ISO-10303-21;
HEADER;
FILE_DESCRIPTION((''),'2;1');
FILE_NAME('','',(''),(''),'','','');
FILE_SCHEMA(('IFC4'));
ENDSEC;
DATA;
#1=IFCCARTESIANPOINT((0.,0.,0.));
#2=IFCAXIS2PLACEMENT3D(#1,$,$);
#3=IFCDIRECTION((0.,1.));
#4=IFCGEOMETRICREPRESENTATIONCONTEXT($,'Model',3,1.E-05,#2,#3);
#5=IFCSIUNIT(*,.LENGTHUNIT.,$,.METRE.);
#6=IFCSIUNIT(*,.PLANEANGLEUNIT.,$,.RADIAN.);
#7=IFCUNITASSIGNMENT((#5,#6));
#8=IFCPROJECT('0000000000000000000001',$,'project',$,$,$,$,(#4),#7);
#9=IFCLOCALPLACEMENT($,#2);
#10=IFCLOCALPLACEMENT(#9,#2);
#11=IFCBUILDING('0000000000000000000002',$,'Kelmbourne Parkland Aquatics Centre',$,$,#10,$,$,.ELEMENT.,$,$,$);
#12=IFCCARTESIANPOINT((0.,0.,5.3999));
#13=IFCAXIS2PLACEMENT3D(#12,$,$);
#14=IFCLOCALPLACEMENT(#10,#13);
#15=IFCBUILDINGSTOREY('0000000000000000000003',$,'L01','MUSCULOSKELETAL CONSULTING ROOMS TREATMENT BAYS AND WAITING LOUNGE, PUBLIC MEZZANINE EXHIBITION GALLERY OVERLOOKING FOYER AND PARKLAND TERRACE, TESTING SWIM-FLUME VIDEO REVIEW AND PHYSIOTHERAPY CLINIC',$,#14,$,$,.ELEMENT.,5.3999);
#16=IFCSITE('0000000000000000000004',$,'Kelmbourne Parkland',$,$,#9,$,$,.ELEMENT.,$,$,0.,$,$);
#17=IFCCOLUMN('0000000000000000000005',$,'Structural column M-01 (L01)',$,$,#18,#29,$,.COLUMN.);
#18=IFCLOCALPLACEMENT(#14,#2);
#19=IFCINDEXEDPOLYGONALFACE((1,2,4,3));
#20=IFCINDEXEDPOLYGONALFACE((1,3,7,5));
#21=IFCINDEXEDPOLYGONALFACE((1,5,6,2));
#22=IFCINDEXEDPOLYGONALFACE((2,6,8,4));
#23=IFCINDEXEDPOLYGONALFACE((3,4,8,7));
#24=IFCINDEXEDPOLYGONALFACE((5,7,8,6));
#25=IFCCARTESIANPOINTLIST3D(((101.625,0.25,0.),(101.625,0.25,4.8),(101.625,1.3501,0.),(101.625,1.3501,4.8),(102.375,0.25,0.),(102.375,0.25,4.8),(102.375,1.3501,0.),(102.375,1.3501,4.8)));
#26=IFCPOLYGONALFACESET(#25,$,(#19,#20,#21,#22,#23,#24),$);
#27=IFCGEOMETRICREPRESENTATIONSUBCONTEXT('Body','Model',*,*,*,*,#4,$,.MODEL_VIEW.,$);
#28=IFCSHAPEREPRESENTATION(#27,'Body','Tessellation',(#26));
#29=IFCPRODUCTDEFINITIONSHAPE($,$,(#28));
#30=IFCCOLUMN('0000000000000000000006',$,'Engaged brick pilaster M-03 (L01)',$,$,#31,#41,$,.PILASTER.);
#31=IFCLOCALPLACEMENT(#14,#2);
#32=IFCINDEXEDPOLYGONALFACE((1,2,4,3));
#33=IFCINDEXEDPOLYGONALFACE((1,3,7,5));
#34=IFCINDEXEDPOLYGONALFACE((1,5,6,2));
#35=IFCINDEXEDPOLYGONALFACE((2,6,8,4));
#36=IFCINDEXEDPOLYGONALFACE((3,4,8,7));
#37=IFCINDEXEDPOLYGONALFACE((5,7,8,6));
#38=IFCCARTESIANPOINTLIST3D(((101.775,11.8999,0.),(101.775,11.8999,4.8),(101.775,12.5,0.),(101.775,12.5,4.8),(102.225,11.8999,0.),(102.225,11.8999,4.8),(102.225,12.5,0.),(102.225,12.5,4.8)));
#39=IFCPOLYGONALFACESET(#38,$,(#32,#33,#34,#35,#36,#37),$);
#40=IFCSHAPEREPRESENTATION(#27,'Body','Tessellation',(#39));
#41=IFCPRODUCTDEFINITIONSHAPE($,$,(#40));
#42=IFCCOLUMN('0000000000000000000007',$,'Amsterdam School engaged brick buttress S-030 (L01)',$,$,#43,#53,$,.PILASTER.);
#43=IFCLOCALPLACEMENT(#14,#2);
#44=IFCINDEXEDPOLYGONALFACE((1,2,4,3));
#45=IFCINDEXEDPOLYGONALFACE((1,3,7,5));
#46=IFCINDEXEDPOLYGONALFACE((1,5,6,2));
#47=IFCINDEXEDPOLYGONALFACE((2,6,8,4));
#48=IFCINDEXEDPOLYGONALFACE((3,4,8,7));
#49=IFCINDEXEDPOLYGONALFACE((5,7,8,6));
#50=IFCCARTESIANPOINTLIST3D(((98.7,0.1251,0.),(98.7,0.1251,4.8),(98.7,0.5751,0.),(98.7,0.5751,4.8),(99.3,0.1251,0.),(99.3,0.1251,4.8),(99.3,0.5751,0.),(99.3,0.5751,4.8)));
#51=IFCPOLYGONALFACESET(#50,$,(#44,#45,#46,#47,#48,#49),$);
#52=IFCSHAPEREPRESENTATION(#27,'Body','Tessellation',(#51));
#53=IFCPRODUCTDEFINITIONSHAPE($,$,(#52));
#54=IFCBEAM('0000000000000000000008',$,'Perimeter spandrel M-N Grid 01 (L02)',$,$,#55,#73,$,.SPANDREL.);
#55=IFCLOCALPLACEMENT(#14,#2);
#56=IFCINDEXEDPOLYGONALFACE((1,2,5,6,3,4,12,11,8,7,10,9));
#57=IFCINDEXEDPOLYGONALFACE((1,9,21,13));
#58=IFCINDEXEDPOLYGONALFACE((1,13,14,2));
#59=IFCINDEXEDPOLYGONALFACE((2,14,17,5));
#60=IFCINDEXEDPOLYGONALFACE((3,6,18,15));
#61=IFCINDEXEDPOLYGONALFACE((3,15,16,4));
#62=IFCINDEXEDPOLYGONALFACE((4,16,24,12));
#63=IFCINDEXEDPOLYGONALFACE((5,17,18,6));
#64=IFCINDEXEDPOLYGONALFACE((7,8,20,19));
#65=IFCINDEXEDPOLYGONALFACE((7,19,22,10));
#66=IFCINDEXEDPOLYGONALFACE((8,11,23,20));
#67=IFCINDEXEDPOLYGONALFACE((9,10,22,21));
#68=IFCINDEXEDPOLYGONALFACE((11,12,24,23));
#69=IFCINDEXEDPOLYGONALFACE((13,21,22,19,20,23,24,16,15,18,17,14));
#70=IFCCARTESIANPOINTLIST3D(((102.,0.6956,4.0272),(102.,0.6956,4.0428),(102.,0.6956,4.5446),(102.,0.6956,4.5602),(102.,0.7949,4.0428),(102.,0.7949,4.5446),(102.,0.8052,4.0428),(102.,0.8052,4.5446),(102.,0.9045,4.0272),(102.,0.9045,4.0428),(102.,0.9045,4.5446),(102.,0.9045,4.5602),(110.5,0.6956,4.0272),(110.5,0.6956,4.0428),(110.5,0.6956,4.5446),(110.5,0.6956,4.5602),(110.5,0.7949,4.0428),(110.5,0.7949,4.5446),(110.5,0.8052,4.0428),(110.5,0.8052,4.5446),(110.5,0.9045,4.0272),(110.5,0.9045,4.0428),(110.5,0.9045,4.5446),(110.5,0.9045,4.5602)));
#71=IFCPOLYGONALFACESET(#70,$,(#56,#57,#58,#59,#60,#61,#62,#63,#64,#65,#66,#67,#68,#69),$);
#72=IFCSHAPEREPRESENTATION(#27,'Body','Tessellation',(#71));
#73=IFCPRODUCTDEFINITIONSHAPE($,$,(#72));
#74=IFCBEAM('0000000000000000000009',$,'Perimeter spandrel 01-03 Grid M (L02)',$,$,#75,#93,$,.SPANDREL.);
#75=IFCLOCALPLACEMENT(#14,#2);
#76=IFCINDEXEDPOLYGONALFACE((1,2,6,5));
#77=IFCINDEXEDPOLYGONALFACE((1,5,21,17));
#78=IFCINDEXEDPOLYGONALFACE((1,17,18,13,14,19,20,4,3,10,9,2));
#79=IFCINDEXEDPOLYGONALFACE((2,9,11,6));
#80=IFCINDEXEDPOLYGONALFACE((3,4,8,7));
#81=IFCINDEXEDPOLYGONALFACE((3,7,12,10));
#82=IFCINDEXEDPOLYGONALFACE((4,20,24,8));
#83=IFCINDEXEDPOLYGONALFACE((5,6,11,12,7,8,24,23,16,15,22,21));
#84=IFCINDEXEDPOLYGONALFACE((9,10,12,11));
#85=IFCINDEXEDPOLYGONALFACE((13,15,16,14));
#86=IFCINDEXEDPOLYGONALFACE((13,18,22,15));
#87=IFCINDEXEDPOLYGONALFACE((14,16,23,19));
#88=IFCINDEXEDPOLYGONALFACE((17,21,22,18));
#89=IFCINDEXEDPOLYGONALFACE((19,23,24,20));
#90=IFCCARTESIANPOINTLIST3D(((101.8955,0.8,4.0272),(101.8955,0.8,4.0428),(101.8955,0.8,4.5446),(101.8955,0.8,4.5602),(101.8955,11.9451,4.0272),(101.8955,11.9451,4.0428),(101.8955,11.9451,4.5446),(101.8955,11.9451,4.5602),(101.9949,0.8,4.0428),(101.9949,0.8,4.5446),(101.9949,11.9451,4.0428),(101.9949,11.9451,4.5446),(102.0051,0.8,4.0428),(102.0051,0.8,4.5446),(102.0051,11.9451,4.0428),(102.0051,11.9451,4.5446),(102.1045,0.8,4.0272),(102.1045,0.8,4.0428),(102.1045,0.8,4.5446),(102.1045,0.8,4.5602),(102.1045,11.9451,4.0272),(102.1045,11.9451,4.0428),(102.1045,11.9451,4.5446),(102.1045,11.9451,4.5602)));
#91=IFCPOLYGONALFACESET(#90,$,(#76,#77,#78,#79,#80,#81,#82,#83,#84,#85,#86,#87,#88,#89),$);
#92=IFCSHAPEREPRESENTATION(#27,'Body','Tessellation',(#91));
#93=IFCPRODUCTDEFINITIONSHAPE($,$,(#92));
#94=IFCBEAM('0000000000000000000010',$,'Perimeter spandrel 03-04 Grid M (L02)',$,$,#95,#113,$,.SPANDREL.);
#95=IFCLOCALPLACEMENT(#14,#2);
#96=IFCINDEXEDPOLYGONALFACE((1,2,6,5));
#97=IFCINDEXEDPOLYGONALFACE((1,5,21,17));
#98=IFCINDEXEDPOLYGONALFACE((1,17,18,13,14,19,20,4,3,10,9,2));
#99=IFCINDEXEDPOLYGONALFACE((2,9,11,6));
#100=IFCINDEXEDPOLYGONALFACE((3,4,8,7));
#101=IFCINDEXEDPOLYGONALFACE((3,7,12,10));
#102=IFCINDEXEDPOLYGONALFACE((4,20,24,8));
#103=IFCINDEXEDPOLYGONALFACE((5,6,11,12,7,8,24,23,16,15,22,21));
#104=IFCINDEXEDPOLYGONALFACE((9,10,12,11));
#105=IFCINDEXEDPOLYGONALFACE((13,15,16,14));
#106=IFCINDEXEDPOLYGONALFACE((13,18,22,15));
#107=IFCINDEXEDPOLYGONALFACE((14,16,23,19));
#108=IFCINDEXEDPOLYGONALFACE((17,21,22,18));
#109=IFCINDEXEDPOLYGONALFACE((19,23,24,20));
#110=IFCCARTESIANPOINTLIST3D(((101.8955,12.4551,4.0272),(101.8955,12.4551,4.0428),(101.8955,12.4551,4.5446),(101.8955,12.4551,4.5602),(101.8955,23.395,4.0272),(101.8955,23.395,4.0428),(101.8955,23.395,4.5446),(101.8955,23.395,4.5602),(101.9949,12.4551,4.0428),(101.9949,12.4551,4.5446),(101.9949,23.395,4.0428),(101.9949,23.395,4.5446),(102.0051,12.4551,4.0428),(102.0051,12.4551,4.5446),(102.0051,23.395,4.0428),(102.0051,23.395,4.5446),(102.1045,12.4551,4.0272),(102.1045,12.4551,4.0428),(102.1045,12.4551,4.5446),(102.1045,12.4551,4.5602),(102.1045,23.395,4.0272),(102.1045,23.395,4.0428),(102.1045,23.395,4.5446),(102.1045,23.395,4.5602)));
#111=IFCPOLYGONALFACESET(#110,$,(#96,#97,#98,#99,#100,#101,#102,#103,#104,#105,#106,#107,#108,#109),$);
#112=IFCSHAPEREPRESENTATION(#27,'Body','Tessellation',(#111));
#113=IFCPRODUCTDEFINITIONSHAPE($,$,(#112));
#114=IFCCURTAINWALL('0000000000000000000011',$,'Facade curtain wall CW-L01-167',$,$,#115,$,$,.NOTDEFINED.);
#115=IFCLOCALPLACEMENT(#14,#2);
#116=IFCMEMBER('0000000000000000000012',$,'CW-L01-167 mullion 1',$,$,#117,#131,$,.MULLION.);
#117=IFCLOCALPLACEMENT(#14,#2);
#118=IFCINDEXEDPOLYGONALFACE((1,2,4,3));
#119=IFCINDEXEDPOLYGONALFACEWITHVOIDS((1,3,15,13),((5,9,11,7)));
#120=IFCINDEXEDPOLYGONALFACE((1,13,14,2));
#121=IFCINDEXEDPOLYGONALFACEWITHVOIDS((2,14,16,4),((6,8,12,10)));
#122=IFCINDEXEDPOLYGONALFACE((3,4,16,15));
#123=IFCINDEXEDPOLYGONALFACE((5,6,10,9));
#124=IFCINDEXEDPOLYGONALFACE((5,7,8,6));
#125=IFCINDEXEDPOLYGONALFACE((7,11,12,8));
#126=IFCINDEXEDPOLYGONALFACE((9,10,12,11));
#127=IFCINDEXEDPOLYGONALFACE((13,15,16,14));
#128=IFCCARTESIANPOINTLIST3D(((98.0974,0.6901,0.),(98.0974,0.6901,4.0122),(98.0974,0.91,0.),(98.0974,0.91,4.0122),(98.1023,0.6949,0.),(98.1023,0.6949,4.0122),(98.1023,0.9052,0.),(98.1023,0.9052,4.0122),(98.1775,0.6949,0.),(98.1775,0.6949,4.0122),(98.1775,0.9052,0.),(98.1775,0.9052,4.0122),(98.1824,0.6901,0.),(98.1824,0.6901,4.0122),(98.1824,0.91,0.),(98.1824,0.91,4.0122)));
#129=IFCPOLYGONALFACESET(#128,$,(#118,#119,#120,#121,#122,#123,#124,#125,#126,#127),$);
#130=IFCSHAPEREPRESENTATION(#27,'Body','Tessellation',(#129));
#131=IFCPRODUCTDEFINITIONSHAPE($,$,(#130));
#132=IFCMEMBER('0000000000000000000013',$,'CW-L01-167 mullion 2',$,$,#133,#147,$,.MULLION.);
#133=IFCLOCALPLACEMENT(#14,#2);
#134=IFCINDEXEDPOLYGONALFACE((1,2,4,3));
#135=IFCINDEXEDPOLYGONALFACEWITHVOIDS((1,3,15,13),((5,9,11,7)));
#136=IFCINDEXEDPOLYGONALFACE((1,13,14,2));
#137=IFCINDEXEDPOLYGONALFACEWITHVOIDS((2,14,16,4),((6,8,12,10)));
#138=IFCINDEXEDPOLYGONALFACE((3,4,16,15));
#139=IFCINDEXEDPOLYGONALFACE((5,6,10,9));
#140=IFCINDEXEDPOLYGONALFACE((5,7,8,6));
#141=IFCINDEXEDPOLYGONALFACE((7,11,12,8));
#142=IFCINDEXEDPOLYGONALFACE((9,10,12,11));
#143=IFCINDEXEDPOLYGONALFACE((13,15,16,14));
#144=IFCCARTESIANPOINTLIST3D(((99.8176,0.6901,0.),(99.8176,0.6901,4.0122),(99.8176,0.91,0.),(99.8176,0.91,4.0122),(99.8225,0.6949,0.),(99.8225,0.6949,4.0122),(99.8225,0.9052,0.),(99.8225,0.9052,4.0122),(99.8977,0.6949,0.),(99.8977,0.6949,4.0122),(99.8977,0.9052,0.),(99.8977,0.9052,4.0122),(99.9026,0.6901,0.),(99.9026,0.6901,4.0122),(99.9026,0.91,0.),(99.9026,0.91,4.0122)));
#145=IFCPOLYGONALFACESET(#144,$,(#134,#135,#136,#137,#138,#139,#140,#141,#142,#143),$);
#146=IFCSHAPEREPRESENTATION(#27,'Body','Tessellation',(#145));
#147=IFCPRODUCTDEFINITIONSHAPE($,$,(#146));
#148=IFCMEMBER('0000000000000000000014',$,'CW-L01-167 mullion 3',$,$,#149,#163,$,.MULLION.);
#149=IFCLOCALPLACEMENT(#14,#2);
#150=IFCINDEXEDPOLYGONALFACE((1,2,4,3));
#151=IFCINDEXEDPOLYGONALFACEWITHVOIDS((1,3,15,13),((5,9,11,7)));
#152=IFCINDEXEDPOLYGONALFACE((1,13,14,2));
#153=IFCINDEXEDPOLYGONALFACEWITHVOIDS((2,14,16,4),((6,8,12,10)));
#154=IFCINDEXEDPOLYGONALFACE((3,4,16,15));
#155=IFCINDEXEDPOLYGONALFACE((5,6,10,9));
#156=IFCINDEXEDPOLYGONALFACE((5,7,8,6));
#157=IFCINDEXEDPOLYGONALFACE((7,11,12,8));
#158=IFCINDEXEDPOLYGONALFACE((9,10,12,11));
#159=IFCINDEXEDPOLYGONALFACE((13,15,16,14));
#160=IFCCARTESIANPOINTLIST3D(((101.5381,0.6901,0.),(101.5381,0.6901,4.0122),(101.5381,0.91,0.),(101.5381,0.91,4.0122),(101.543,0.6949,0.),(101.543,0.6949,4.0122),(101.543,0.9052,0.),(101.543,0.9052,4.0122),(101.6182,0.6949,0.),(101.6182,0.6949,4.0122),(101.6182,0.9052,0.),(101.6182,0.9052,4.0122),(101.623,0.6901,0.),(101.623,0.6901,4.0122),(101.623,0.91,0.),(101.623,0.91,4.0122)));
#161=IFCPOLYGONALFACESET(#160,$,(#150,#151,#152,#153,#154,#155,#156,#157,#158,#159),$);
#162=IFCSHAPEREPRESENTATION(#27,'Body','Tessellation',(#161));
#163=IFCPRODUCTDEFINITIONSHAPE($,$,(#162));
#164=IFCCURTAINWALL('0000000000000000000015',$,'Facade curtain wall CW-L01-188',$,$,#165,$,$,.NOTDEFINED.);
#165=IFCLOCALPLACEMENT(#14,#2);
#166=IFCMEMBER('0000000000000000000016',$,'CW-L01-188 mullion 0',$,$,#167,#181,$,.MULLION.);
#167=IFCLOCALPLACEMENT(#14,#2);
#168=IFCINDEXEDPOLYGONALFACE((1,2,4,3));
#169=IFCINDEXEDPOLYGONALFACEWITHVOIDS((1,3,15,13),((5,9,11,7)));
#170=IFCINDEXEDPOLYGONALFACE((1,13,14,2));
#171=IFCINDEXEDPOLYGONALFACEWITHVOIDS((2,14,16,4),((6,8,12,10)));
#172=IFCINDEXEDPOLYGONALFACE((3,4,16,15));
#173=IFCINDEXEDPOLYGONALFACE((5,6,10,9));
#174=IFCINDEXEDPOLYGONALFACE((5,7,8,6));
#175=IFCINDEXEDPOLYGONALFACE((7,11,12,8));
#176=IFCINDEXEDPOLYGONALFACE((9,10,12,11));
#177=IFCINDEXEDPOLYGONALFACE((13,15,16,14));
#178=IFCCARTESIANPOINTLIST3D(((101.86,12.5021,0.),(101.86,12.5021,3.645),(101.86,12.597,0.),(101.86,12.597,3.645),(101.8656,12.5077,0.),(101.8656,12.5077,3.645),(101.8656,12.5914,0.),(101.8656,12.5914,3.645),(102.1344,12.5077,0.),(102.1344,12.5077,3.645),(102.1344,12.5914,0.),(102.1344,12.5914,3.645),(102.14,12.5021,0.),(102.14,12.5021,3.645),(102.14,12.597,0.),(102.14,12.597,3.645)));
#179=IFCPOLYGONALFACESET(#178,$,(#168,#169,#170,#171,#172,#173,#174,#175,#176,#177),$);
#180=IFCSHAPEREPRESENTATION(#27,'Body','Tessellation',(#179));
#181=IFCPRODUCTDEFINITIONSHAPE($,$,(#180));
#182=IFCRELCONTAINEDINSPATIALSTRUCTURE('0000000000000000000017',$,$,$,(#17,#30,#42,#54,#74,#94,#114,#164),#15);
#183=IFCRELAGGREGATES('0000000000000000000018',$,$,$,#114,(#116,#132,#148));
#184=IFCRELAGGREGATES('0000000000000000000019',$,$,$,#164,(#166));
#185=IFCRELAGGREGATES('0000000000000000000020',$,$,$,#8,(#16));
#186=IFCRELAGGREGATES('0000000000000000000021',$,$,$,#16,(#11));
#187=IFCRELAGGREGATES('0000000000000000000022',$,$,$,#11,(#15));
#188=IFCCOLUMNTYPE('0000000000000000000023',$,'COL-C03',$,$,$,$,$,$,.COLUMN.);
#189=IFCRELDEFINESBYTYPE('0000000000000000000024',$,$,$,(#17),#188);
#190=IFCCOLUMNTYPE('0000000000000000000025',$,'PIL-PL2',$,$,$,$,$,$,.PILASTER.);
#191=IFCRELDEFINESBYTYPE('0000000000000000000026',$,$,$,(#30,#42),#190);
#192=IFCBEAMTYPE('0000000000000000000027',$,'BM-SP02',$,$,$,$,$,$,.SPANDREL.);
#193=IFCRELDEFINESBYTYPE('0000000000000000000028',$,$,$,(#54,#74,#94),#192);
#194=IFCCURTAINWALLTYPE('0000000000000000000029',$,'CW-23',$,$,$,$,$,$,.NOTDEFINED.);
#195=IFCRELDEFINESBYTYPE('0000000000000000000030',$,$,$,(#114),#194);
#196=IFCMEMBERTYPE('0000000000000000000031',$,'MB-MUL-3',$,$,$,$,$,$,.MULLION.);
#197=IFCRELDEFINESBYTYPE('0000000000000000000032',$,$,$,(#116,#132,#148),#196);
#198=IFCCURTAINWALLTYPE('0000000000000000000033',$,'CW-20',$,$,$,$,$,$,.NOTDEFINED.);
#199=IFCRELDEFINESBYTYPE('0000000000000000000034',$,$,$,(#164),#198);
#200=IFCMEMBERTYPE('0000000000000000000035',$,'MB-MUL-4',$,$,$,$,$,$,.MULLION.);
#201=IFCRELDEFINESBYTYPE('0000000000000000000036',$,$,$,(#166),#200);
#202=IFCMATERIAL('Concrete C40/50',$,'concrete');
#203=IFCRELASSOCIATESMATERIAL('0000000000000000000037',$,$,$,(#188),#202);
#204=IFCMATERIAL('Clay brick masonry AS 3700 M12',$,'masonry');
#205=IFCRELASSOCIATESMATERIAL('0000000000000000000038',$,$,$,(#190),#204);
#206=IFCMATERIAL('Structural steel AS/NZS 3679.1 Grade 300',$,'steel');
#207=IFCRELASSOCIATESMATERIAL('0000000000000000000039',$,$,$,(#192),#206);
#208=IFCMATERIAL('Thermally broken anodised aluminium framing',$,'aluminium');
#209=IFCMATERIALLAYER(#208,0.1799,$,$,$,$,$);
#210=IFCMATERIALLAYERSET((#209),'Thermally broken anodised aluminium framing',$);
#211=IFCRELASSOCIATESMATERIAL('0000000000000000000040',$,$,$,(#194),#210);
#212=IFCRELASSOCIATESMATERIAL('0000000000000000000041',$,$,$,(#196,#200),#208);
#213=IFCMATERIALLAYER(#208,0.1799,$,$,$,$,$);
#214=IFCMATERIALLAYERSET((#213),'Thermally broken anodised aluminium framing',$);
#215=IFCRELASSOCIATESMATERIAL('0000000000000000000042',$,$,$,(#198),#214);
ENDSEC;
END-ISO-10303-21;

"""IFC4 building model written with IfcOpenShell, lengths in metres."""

from ifc_helpers import new_model, si_unit, direction, frame, origin, origin_2d, place, context, subcontext, project, spatial, rectangle, hollow_rectangle, i_section, extrude, material, layer, layer_set, material_profile, profile_set, type_object, element, aggregate, save


model = new_model("IFC4")

# Units and contexts
model_context = context("Model", 3, precision=1e-05, world=origin(), true_north=direction((0.0, 1.0)))
body_context = subcontext(model_context, "Body", "Model", "MODEL_VIEW")
ifc_project = project(units=[si_unit("LENGTHUNIT", "METRE"), si_unit("PLANEANGLEUNIT", "RADIAN")], contexts=[model_context])

# Site, building, storey
site_placement = place(None, origin())
site = spatial("IfcSite", under=ifc_project, at=site_placement, Name="Kelmbourne Parkland", CompositionType="ELEMENT", RefElevation=0.0)
building_placement = place(site_placement, origin())
building = spatial("IfcBuilding", under=site, at=building_placement, Name="Kelmbourne Parkland Aquatics Centre", CompositionType="ELEMENT")
storey_placement = place(building_placement, frame((0.0, 0.0, 5.3999)))
storey = spatial("IfcBuildingStorey", under=building, at=storey_placement, Name="L01", Description="MUSCULOSKELETAL CONSULTING ROOMS TREATMENT BAYS AND WAITING LOUNGE, PUBLIC MEZZANINE EXHIBITION GALLERY OVERLOOKING FOYER AND PARKLAND TERRACE, TESTING SWIM-FLUME VIDEO REVIEW AND PHYSIOTHERAPY CLINIC", CompositionType="ELEMENT", Elevation=5.3999)

# Columns
ifc_material_1 = material(Name="Concrete C40/50", Category="concrete")
ifc_material_profile_1 = material_profile(ifc_material_1, rectangle(XDim=0.75, YDim=1.1001, at=origin_2d()), Name="RC 750x1100")
ifc_profile_set_1 = profile_set([ifc_material_profile_1], Name="Concrete C40/50")
column_type_1 = type_object("IfcColumnType", Name="COL-C03", PredefinedType="COLUMN", material=ifc_profile_set_1)
column_placement = place(storey_placement, frame((102.0, 0.8, 0.0), z_axis=(0.0, 0.0, 1.0), x_axis=(1.0, 0.0, 0.0)))
element("IfcColumn", 1, at=column_placement, inside=storey, type_object=column_type_1, Name="Structural column M-01 (L01)", PredefinedType="COLUMN", context=body_context, shape_type="SweptSolid", body=[
    extrude(rectangle(XDim=0.75, YDim=1.1001, at=origin_2d()), origin(), (0.0, 0.0, 1.0), 4.8),
])
ifc_material_2 = material(Name="Clay brick masonry AS 3700 M12", Category="masonry")
ifc_material_profile_2 = material_profile(ifc_material_2, rectangle(XDim=0.45, YDim=0.6001, at=origin_2d()), Name="PIL 450x600")
ifc_profile_set_2 = profile_set([ifc_material_profile_2], Name="Clay brick masonry AS 3700 M12")
column_type_2 = type_object("IfcColumnType", Name="PIL-PL2", PredefinedType="PILASTER", material=ifc_profile_set_2)
for number, where, z_axis, x_axis, name in (
    (2, (102.0, 12.2, 0.0), (0.0, 0.0, 1.0), (1.0, 0.0, 0.0), "Engaged brick pilaster M-03 (L01)"),
    (3, (99.0, 0.3501, 0.0), (0.0, 0.0, 1.0), (0.0, 1.0, 0.0), "Amsterdam School engaged brick buttress S-030 (L01)"),
):
    element("IfcColumn", number, at=place(storey_placement, frame(where, z_axis=z_axis, x_axis=x_axis)), inside=storey, type_object=column_type_2, Name=name, PredefinedType="PILASTER", context=body_context, shape_type="SweptSolid", body=[
        extrude(rectangle(XDim=0.45, YDim=0.6001, at=origin_2d()), origin(), (0.0, 0.0, 1.0), 4.8),
    ])

# Beams
ifc_material_3 = material(Name="Structural steel AS/NZS 3679.1 Grade 300", Category="steel")
ifc_material_profile_3 = material_profile(ifc_material_3, i_section(OverallWidth=0.209, OverallDepth=0.533, WebThickness=0.0103, FlangeThickness=0.0156, at=origin_2d()), Name="530UB92.4")
ifc_profile_set_3 = profile_set([ifc_material_profile_3], Name="Structural steel AS/NZS 3679.1 Grade 300")
beam_type = type_object("IfcBeamType", Name="BM-SP02", PredefinedType="SPANDREL", material=ifc_profile_set_3)
beam_1_placement = place(storey_placement, frame((102.0, 0.8, 4.2937), z_axis=(1.0, 0.0, 0.0), x_axis=(0.0, 1.0, 0.0)))
element("IfcBeam", 4, at=beam_1_placement, inside=storey, type_object=beam_type, Name="Perimeter spandrel M-N Grid 01 (L02)", PredefinedType="SPANDREL", context=body_context, shape_type="SweptSolid", body=[
    extrude(i_section(OverallWidth=0.209, OverallDepth=0.533, WebThickness=0.0103, FlangeThickness=0.0156, at=origin_2d()), origin(), (0.0, 0.0, 1.0), 8.5),
])
beam_2_placement = place(storey_placement, frame((102.0, 0.8, 4.2937), z_axis=(0.0, 1.0, 0.0), x_axis=(-1.0, 0.0, 0.0)))
element("IfcBeam", 5, at=beam_2_placement, inside=storey, type_object=beam_type, Name="Perimeter spandrel 01-03 Grid M (L02)", PredefinedType="SPANDREL", context=body_context, shape_type="SweptSolid", body=[
    extrude(i_section(OverallWidth=0.209, OverallDepth=0.533, WebThickness=0.0103, FlangeThickness=0.0156, at=origin_2d()), origin(), (0.0, 0.0, 1.0), 11.145),
])
beam_3_placement = place(storey_placement, frame((102.0, 12.4551, 4.2937), z_axis=(0.0, 1.0, 0.0), x_axis=(-1.0, 0.0, 0.0)))
element("IfcBeam", 6, at=beam_3_placement, inside=storey, type_object=beam_type, Name="Perimeter spandrel 03-04 Grid M (L02)", PredefinedType="SPANDREL", context=body_context, shape_type="SweptSolid", body=[
    extrude(i_section(OverallWidth=0.209, OverallDepth=0.533, WebThickness=0.0103, FlangeThickness=0.0156, at=origin_2d()), origin(), (0.0, 0.0, 1.0), 10.9399),
])

# Curtain walls, members
ifc_material_4 = material(Name="Thermally broken anodised aluminium framing", Category="aluminium")
ifc_layer_1 = layer(ifc_material_4, 0.1799)
ifc_layer_set_1 = layer_set([ifc_layer_1], Name="Thermally broken anodised aluminium framing")
curtain_wall_type_1 = type_object("IfcCurtainWallType", Name="CW-23", PredefinedType="NOTDEFINED", material=ifc_layer_set_1)
curtain_wall_1_placement = place(storey_placement, origin())
curtain_wall_1 = element("IfcCurtainWall", 7, at=curtain_wall_1_placement, inside=storey, type_object=curtain_wall_type_1, Name="Facade curtain wall CW-L01-167", PredefinedType="NOTDEFINED")
ifc_material_profile_4 = material_profile(ifc_material_4, hollow_rectangle(XDim=0.085, YDim=0.22, WallThickness=0.0049, at=origin_2d()), Name="CW-M 85x220")
ifc_profile_set_4 = profile_set([ifc_material_profile_4], Name="Thermally broken anodised aluminium framing")
member_type_1 = type_object("IfcMemberType", Name="MB-MUL-3", PredefinedType="MULLION", material=ifc_profile_set_4)
member_1_placement = place(storey_placement, frame((98.1399, 0.8, 0.0), z_axis=(0.0, 0.0, 1.0), x_axis=(1.0, 0.0, 0.0)))
member_1 = element("IfcMember", 8, at=member_1_placement, type_object=member_type_1, Name="CW-L01-167 mullion 1", PredefinedType="MULLION", context=body_context, shape_type="SweptSolid", body=[
    extrude(hollow_rectangle(XDim=0.085, YDim=0.22, WallThickness=0.0049, at=origin_2d()), origin(), (0.0, 0.0, 1.0), 4.0122),
])
member_2_placement = place(storey_placement, frame((99.8601, 0.8, 0.0), z_axis=(0.0, 0.0, 1.0), x_axis=(1.0, 0.0, 0.0)))
member_2 = element("IfcMember", 9, at=member_2_placement, type_object=member_type_1, Name="CW-L01-167 mullion 2", PredefinedType="MULLION", context=body_context, shape_type="SweptSolid", body=[
    extrude(hollow_rectangle(XDim=0.085, YDim=0.22, WallThickness=0.0049, at=origin_2d()), origin(), (0.0, 0.0, 1.0), 4.0122),
])
member_3_placement = place(storey_placement, frame((101.5806, 0.8, 0.0), z_axis=(0.0, 0.0, 1.0), x_axis=(1.0, 0.0, 0.0)))
member_3 = element("IfcMember", 10, at=member_3_placement, type_object=member_type_1, Name="CW-L01-167 mullion 3", PredefinedType="MULLION", context=body_context, shape_type="SweptSolid", body=[
    extrude(hollow_rectangle(XDim=0.085, YDim=0.22, WallThickness=0.0049, at=origin_2d()), origin(), (0.0, 0.0, 1.0), 4.0122),
])
ifc_layer_2 = layer(ifc_material_4, 0.1799)
ifc_layer_set_2 = layer_set([ifc_layer_2], Name="Thermally broken anodised aluminium framing")
curtain_wall_type_2 = type_object("IfcCurtainWallType", Name="CW-20", PredefinedType="NOTDEFINED", material=ifc_layer_set_2)
curtain_wall_2_placement = place(storey_placement, origin())
curtain_wall_2 = element("IfcCurtainWall", 11, at=curtain_wall_2_placement, inside=storey, type_object=curtain_wall_type_2, Name="Facade curtain wall CW-L01-188", PredefinedType="NOTDEFINED")
ifc_material_profile_5 = material_profile(ifc_material_4, hollow_rectangle(XDim=0.095, YDim=0.28, WallThickness=0.0056, at=origin_2d()), Name="CW-M 95x280")
ifc_profile_set_5 = profile_set([ifc_material_profile_5], Name="Thermally broken anodised aluminium framing")
member_type_2 = type_object("IfcMemberType", Name="MB-MUL-4", PredefinedType="MULLION", material=ifc_profile_set_5)
member_4_placement = place(storey_placement, frame((102.0, 12.5496, 0.0), z_axis=(0.0, 0.0, 1.0), x_axis=(0.0, 1.0, 0.0)))
member_4 = element("IfcMember", 12, at=member_4_placement, type_object=member_type_2, Name="CW-L01-188 mullion 0", PredefinedType="MULLION", context=body_context, shape_type="SweptSolid", body=[
    extrude(hollow_rectangle(XDim=0.095, YDim=0.28, WallThickness=0.0056, at=origin_2d()), origin(), (0.0, 0.0, 1.0), 3.645),
])

aggregate(curtain_wall_1, [member_1, member_2, member_3])
aggregate(curtain_wall_2, [member_4])

save(model, "model.ifc")
